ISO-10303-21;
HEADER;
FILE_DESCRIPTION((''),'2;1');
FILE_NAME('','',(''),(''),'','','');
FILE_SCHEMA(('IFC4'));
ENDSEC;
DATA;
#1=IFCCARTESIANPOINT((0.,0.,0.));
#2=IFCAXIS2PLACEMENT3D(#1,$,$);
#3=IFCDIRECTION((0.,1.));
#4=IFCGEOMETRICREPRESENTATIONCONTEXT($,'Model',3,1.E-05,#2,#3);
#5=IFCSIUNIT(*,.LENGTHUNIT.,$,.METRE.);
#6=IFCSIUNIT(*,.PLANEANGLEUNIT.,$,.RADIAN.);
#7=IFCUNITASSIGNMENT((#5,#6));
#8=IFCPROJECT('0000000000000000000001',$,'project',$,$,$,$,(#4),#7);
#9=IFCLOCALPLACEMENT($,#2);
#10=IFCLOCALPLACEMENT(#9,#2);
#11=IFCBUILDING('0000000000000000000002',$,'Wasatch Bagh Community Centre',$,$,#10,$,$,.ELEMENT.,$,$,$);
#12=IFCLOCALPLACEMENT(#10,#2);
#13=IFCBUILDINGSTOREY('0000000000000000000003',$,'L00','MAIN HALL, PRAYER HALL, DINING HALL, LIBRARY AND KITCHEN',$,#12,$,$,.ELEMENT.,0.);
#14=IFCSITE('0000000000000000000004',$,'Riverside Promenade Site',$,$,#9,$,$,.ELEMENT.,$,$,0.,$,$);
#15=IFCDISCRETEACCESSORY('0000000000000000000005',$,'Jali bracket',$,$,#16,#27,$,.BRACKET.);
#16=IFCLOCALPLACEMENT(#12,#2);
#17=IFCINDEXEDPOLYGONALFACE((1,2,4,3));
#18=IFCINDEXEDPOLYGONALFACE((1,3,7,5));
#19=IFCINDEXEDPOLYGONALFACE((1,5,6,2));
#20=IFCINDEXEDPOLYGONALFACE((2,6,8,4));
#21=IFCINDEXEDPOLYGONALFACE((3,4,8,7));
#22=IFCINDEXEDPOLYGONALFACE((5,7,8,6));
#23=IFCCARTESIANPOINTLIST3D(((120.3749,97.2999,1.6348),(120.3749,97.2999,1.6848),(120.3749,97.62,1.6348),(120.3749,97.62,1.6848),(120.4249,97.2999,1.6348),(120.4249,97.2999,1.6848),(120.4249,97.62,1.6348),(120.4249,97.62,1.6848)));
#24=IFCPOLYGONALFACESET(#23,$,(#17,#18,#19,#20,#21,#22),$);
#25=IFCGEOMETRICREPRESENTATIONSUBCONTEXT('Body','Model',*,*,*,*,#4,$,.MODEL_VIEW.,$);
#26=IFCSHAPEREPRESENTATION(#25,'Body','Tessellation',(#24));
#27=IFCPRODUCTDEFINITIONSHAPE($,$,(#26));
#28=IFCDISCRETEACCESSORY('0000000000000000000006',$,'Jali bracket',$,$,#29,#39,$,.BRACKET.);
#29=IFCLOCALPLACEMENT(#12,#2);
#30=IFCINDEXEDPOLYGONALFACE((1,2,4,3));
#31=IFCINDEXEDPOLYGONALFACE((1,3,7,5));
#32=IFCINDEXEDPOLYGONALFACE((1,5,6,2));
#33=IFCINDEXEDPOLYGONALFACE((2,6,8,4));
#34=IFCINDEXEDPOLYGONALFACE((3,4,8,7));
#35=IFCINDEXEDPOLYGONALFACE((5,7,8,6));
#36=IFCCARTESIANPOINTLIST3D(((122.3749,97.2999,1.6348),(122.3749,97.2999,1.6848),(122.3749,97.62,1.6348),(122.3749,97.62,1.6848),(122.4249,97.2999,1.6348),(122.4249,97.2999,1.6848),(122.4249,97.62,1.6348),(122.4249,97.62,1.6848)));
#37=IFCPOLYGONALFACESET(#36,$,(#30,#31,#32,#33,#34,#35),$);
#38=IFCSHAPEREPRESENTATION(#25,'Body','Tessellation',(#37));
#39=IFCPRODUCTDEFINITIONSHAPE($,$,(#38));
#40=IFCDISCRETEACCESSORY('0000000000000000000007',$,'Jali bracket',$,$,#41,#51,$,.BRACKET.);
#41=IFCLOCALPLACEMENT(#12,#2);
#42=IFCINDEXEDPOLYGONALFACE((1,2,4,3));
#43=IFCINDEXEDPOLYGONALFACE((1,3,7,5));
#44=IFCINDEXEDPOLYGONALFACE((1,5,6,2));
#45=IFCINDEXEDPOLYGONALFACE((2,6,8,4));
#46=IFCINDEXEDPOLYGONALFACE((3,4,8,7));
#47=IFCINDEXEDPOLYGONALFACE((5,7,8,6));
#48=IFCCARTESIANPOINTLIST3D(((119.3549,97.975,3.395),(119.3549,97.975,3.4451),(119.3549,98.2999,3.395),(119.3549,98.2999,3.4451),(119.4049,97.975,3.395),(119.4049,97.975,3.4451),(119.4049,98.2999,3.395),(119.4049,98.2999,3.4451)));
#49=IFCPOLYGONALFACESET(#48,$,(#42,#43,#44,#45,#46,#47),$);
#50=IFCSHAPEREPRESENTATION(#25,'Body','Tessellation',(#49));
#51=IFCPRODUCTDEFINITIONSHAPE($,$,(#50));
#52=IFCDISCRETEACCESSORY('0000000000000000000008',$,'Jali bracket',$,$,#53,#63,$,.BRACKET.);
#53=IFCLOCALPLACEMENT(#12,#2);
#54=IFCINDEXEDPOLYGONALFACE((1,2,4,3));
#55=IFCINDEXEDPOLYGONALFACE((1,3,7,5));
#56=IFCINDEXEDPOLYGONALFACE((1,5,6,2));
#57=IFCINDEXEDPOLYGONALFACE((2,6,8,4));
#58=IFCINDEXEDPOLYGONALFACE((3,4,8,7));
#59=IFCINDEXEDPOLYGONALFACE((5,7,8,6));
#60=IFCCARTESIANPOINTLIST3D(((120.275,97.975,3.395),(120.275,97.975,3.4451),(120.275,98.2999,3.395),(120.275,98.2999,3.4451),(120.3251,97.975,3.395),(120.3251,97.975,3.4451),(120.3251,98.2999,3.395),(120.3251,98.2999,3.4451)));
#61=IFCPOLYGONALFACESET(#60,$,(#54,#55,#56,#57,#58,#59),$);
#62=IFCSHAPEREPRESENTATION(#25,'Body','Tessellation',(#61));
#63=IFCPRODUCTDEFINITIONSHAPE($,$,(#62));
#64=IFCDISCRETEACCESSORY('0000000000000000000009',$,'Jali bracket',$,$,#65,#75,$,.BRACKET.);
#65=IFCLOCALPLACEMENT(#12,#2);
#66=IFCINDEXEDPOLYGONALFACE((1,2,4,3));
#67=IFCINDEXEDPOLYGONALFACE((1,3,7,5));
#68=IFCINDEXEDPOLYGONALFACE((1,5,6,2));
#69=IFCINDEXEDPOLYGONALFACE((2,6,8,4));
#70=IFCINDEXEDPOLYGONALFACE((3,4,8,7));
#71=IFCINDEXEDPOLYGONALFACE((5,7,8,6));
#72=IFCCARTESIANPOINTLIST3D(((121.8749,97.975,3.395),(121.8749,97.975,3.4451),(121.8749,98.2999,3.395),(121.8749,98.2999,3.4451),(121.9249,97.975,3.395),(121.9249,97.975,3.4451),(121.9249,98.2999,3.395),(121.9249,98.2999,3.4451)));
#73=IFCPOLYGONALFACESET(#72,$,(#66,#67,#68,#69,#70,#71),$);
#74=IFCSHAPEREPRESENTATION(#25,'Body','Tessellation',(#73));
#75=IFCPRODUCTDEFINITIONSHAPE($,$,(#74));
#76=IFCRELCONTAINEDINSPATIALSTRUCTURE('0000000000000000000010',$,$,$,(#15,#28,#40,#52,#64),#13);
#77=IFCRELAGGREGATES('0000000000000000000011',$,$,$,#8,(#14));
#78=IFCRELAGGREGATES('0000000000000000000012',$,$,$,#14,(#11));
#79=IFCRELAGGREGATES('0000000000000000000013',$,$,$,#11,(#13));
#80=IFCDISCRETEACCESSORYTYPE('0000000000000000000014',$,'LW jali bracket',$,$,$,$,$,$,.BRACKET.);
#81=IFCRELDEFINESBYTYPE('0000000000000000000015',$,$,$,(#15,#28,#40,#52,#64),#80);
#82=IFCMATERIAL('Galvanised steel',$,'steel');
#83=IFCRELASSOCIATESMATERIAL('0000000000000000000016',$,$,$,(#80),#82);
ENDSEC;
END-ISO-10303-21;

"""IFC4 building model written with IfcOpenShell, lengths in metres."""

from ifc_helpers import new_model, si_unit, direction, frame, origin, origin_2d, place, context, subcontext, project, spatial, rectangle, extrude, material, type_object, element, save


model = new_model("IFC4")

# Units and contexts
model_context = context("Model", 3, precision=1e-05, world=origin(), true_north=direction((0.0, 1.0)))
body_context = subcontext(model_context, "Body", "Model", "MODEL_VIEW")
ifc_project = project(units=[si_unit("LENGTHUNIT", "METRE"), si_unit("PLANEANGLEUNIT", "RADIAN")], contexts=[model_context])

# Site, building, storey
site_placement = place(None, origin())
site = spatial("IfcSite", under=ifc_project, at=site_placement, Name="Riverside Promenade Site", CompositionType="ELEMENT", RefElevation=0.0)
building_placement = place(site_placement, origin())
building = spatial("IfcBuilding", under=site, at=building_placement, Name="Wasatch Bagh Community Centre", CompositionType="ELEMENT")
storey_placement = place(building_placement, origin())
storey = spatial("IfcBuildingStorey", under=building, at=storey_placement, Name="L00", Description="MAIN HALL, PRAYER HALL, DINING HALL, LIBRARY AND KITCHEN", CompositionType="ELEMENT", Elevation=0.0)

# Discrete accessories
ifc_material_1 = material(Name="Galvanised steel", Category="steel")
discrete_accessory_type = type_object("IfcDiscreteAccessoryType", Name="LW jali bracket", PredefinedType="BRACKET", material=ifc_material_1)
for number, where, z_axis, x_axis, name in (
    (1, (120.3999, 97.46, 1.6348), (0.0, 0.0, 1.0), (1.0, 0.0, 0.0), "Jali bracket"),
    (2, (122.3999, 97.46, 1.6348), (0.0, 0.0, 1.0), (1.0, 0.0, 0.0), "Jali bracket"),
):
    element("IfcDiscreteAccessory", number, at=place(storey_placement, frame(where, z_axis=z_axis, x_axis=x_axis)), inside=storey, type_object=discrete_accessory_type, Name=name, PredefinedType="BRACKET", context=body_context, shape_type="SweptSolid", body=[
        extrude(rectangle(XDim=0.05, YDim=0.3201, at=origin_2d()), origin(), (0.0, 0.0, 1.0), 0.05),
    ])
for number, where, z_axis, x_axis, name in (
    (3, (119.3799, 98.1375, 3.395), (0.0, 0.0, 1.0), (1.0, 0.0, 0.0), "Jali bracket"),
    (4, (120.3, 98.1375, 3.395), (0.0, 0.0, 1.0), (1.0, 0.0, 0.0), "Jali bracket"),
    (5, (121.8999, 98.1375, 3.395), (0.0, 0.0, 1.0), (1.0, 0.0, 0.0), "Jali bracket"),
):
    element("IfcDiscreteAccessory", number, at=place(storey_placement, frame(where, z_axis=z_axis, x_axis=x_axis)), inside=storey, type_object=discrete_accessory_type, Name=name, PredefinedType="BRACKET", context=body_context, shape_type="SweptSolid", body=[
        extrude(rectangle(XDim=0.05, YDim=0.325, at=origin_2d()), origin(), (0.0, 0.0, 1.0), 0.05),
    ])

save(model, "model.ifc")
